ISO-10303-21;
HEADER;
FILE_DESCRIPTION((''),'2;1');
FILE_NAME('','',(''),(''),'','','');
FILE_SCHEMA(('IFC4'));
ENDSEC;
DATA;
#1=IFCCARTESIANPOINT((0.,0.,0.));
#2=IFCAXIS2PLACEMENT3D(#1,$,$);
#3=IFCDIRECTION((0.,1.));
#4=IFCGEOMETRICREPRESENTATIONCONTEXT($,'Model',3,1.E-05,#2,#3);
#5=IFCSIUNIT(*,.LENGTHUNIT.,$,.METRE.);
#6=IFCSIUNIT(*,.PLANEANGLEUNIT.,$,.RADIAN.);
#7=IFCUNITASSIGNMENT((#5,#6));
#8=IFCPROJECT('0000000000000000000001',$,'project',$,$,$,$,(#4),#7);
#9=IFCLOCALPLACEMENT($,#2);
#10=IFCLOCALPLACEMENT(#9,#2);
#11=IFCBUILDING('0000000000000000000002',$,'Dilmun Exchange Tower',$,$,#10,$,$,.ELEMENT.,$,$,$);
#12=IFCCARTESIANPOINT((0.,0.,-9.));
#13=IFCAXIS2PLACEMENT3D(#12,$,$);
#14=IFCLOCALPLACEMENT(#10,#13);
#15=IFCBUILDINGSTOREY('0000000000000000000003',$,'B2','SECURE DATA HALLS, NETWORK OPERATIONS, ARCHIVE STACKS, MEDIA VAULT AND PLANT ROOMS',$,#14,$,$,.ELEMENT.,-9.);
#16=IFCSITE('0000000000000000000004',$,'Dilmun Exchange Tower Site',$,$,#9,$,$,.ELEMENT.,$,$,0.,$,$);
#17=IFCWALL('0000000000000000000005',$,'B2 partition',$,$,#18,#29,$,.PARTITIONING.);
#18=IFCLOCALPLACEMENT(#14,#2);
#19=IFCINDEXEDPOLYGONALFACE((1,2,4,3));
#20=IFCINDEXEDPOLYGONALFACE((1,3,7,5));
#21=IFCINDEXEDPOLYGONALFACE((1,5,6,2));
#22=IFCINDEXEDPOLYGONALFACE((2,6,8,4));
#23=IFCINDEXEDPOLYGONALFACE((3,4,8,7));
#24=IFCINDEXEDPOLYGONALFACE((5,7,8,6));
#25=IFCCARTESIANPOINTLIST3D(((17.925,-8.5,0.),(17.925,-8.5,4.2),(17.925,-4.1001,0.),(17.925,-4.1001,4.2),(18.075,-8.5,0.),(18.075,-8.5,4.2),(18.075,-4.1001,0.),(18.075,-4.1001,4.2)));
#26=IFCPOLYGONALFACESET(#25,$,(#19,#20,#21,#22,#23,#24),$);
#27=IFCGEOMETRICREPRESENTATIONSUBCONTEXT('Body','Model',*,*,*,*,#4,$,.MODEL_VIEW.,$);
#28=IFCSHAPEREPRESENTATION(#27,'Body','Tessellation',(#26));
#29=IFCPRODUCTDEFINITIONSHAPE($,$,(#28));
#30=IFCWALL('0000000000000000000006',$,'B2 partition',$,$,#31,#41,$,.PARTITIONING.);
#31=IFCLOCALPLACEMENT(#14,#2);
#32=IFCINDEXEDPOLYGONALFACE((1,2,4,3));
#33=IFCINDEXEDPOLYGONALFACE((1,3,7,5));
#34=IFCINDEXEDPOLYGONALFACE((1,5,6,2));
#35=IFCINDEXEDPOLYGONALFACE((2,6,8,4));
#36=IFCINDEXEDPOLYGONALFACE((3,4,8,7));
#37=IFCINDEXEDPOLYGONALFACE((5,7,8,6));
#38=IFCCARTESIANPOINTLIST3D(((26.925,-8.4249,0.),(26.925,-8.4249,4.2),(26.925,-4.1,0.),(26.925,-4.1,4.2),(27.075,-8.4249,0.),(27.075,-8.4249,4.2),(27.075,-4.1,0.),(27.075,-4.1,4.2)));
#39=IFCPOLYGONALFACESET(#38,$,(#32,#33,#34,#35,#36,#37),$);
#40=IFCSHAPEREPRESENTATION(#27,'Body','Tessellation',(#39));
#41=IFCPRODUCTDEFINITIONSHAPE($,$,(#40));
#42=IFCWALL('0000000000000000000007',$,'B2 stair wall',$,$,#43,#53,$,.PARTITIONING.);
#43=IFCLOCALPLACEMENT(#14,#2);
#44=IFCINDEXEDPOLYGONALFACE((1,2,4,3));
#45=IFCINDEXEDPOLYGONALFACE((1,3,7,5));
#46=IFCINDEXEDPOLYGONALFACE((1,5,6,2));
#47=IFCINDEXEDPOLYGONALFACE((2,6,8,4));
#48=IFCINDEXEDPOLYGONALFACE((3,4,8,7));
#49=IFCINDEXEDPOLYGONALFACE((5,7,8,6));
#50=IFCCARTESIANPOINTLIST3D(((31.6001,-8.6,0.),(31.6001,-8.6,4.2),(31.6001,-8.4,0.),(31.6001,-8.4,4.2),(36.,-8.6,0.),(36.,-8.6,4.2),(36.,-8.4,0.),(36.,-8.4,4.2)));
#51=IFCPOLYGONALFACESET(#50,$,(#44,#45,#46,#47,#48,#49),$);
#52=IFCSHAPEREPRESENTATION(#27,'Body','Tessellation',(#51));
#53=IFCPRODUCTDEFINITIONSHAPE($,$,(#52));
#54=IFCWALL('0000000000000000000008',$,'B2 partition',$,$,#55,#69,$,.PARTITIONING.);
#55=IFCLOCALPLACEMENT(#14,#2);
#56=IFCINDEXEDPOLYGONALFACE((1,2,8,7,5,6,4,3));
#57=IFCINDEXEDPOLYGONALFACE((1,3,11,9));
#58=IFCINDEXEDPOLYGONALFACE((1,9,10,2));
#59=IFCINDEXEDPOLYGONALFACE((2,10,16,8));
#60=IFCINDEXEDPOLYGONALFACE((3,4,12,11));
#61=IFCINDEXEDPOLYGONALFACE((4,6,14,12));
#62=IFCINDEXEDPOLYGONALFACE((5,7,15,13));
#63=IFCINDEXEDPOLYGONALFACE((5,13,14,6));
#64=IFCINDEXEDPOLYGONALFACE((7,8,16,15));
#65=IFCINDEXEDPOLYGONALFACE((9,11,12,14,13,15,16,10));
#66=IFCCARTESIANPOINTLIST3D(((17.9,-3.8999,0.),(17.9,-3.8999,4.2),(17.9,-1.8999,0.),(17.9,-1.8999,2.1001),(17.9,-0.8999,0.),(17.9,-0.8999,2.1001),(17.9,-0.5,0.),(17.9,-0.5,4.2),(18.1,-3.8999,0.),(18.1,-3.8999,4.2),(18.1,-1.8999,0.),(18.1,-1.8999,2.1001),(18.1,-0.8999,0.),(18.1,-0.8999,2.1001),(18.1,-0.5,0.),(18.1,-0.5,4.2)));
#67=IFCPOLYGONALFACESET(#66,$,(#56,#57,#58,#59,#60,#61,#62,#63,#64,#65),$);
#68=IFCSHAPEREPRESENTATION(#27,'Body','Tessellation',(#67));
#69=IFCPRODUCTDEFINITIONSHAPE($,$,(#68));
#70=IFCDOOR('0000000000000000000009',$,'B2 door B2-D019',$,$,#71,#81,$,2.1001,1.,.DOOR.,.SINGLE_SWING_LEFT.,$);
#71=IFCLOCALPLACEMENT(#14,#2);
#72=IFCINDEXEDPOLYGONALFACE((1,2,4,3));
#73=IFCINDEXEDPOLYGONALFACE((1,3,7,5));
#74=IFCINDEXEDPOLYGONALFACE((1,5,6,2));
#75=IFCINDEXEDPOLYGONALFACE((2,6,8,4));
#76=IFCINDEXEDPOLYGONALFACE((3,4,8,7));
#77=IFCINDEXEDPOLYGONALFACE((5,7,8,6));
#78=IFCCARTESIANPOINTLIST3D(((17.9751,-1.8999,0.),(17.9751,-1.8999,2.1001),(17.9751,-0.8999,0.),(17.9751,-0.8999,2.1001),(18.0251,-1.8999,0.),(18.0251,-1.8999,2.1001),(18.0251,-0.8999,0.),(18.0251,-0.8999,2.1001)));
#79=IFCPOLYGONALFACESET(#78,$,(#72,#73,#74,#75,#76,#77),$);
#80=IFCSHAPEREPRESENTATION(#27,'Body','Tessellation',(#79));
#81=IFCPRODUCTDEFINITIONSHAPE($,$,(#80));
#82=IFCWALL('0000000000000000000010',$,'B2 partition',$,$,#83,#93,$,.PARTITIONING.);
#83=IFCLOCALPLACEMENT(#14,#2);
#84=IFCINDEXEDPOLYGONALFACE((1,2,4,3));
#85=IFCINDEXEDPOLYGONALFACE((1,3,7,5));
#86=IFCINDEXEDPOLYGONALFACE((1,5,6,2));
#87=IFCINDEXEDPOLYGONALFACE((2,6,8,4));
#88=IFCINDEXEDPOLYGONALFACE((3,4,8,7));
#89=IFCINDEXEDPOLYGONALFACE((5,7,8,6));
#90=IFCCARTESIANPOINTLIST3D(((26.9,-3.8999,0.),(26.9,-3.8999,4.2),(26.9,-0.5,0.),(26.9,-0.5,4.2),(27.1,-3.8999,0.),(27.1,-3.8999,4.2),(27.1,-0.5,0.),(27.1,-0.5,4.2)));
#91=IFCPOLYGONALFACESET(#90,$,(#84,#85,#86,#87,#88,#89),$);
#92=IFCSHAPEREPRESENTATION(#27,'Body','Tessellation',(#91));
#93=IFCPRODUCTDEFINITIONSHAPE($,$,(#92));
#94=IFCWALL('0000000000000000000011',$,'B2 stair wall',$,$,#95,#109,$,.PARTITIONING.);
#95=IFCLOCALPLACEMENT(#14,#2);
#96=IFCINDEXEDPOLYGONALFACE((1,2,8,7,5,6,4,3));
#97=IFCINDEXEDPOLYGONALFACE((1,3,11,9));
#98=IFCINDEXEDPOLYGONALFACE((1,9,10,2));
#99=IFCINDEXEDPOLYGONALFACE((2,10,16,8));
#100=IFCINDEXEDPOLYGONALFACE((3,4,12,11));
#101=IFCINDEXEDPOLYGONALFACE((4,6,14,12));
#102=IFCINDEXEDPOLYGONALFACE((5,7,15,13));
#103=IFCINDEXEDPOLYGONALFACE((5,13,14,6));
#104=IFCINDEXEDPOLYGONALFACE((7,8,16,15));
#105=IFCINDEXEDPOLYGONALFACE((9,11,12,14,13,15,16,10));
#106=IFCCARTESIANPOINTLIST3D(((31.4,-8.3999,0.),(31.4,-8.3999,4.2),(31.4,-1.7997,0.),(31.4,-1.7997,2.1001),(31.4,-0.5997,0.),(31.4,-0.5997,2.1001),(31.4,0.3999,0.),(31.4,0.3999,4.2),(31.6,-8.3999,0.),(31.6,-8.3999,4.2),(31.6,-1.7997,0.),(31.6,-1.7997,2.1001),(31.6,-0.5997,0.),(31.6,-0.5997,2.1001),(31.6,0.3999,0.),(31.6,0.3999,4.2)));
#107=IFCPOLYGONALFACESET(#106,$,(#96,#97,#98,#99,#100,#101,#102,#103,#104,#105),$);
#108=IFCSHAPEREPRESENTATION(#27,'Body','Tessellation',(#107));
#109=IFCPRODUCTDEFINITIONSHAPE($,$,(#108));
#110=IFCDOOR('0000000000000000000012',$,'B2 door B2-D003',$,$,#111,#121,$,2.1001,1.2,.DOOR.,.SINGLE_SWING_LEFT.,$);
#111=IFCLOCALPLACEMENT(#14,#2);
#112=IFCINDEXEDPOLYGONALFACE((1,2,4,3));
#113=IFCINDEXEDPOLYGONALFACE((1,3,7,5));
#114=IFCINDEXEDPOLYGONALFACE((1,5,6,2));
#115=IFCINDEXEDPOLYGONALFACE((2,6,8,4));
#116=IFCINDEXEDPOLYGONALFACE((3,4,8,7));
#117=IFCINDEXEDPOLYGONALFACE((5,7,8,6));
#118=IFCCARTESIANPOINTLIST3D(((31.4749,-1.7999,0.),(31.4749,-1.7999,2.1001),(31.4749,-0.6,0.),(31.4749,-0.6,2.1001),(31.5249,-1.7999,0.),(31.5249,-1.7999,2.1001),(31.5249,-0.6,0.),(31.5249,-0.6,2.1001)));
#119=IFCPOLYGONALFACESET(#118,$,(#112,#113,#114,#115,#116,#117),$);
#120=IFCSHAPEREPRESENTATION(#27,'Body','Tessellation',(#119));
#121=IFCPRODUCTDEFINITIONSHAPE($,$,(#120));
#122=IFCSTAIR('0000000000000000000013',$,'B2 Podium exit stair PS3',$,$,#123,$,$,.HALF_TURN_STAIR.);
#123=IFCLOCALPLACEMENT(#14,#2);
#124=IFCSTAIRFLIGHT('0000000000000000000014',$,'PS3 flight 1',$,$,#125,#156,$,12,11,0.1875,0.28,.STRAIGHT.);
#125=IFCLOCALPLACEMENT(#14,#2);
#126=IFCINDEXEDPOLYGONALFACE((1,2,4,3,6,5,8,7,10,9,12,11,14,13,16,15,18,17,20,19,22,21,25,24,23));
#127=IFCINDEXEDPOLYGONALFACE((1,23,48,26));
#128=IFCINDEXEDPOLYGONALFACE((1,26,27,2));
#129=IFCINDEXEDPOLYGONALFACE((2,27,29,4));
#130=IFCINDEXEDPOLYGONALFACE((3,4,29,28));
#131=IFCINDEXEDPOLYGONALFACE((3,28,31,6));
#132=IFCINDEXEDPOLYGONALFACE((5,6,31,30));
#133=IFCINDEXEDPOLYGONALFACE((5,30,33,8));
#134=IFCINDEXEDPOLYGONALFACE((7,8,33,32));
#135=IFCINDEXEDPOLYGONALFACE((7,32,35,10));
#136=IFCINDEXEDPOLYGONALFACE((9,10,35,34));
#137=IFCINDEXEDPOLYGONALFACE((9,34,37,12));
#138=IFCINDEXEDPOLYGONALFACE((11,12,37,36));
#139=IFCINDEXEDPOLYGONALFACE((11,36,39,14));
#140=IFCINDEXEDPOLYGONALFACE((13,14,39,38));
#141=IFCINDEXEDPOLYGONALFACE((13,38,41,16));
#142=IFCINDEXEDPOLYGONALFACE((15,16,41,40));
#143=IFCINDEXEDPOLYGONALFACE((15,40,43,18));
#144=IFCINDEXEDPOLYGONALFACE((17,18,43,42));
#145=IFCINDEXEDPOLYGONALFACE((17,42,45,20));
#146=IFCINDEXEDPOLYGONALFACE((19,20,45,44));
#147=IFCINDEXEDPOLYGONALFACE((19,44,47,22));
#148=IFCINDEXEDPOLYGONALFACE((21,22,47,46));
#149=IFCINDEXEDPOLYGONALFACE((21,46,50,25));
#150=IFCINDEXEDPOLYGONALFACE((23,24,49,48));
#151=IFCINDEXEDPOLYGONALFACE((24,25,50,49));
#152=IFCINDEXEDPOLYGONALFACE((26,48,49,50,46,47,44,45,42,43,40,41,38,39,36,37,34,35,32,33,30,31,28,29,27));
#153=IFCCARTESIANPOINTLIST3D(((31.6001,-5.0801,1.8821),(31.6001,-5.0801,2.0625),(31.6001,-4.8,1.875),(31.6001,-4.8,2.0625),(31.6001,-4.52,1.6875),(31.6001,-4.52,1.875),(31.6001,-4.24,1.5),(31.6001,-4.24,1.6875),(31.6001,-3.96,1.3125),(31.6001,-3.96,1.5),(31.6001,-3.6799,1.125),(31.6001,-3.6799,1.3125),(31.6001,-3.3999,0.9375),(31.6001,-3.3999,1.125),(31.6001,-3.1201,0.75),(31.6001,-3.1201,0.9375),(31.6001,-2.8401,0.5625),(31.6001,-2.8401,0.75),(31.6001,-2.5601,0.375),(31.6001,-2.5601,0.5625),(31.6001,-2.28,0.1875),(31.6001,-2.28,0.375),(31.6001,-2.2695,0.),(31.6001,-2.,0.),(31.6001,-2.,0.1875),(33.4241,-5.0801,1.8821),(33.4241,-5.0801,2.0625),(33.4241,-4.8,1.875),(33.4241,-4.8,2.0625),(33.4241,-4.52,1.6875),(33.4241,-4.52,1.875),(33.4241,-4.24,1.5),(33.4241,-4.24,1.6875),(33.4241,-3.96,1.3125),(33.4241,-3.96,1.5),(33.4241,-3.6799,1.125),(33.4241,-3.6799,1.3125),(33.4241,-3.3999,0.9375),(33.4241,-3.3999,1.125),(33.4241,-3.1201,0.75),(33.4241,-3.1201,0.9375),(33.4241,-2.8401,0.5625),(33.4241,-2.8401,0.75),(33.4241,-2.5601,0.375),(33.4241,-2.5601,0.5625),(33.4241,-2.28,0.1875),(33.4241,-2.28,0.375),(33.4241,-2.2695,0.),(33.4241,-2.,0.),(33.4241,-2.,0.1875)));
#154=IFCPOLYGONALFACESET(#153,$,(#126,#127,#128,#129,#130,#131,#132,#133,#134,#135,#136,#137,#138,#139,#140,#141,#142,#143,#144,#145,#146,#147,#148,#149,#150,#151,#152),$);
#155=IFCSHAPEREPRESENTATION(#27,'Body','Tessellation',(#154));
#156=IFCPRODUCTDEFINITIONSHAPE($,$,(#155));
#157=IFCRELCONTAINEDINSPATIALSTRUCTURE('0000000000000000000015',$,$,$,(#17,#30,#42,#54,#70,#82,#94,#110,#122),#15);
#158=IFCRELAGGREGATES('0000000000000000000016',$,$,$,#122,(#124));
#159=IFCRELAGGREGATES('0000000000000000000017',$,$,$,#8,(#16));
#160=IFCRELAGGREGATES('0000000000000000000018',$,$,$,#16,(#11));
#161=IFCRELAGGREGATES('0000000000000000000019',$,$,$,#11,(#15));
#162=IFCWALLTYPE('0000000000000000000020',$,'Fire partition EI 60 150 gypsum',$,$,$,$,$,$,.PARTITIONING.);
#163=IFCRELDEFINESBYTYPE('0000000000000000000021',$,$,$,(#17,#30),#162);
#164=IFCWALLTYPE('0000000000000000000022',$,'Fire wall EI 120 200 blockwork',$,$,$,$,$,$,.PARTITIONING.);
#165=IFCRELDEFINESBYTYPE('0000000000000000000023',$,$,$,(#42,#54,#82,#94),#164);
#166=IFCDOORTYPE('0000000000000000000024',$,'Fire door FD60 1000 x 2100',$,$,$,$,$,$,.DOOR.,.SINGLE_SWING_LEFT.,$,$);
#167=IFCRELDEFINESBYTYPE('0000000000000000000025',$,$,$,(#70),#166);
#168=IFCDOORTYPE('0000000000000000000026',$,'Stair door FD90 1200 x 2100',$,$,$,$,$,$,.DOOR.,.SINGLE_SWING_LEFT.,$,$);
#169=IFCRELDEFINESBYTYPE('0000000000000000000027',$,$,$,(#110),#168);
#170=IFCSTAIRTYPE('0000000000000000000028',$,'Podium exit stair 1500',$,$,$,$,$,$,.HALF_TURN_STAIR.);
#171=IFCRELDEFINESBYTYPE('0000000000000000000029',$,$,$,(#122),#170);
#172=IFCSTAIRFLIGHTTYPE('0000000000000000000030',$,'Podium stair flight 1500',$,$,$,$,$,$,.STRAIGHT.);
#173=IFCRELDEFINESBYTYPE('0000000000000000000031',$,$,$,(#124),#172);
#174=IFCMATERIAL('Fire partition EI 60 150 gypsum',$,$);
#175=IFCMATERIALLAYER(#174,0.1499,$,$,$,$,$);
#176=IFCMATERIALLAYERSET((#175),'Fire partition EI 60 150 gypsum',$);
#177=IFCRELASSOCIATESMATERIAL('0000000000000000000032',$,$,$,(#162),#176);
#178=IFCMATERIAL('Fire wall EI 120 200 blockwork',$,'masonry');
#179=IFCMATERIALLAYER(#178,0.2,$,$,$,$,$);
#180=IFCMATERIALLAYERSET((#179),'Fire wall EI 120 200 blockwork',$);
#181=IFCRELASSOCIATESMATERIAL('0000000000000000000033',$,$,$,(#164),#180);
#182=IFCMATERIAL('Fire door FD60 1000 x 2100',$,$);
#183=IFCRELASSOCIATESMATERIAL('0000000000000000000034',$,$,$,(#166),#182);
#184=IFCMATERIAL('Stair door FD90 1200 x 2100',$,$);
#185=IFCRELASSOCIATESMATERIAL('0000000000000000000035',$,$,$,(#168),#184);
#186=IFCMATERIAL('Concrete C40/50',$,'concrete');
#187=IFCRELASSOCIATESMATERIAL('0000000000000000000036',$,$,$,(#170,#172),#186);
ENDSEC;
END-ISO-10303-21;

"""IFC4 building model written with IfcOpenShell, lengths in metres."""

from ifc_helpers import new_model, si_unit, direction, frame, frame_2d, origin, place, context, subcontext, project, spatial, polyline, rectangle, outline, extrude, material, layer, layer_set, type_object, element, fill, aggregate, save


model = new_model("IFC4")

# Units and contexts
model_context = context("Model", 3, precision=1e-05, world=origin(), true_north=direction((0.0, 1.0)))
body_context = subcontext(model_context, "Body", "Model", "MODEL_VIEW")
ifc_project = project(units=[si_unit("LENGTHUNIT", "METRE"), si_unit("PLANEANGLEUNIT", "RADIAN")], contexts=[model_context])

# Site, building, storey
site_placement = place(None, origin())
site = spatial("IfcSite", under=ifc_project, at=site_placement, Name="Dilmun Exchange Tower Site", CompositionType="ELEMENT", RefElevation=0.0)
building_placement = place(site_placement, origin())
building = spatial("IfcBuilding", under=site, at=building_placement, Name="Dilmun Exchange Tower", CompositionType="ELEMENT")
storey_placement = place(building_placement, frame((0.0, 0.0, -9.0)))
storey = spatial("IfcBuildingStorey", under=building, at=storey_placement, Name="B2", Description="SECURE DATA HALLS, NETWORK OPERATIONS, ARCHIVE STACKS, MEDIA VAULT AND PLANT ROOMS", CompositionType="ELEMENT", Elevation=-9.0)

# Walls
ifc_material_1 = material(Name="Fire partition EI 60 150 gypsum")
ifc_layer_1 = layer(ifc_material_1, 0.1499)
ifc_layer_set_1 = layer_set([ifc_layer_1], Name="Fire partition EI 60 150 gypsum")
wall_type_1 = type_object("IfcWallType", Name="Fire partition EI 60 150 gypsum", PredefinedType="PARTITIONING", material=ifc_layer_set_1)
wall_1_placement = place(storey_placement, frame((18.0, -8.5, 0.0), z_axis=(0.0, 0.0, 1.0), x_axis=(0.0, 1.0, 0.0)))
element("IfcWall", 1, at=wall_1_placement, inside=storey, type_object=wall_type_1, Name="B2 partition", PredefinedType="PARTITIONING", context=body_context, shape_type="SweptSolid", body=[
    extrude(rectangle(XDim=4.3999, YDim=0.1499, at=frame_2d((2.2, 0.0))), origin(), (0.0, 0.0, 1.0), 4.2),
])
wall_2_placement = place(storey_placement, frame((27.0, -8.425, 0.0), z_axis=(0.0, 0.0, 1.0), x_axis=(0.0, 1.0, 0.0)))
element("IfcWall", 2, at=wall_2_placement, inside=storey, type_object=wall_type_1, Name="B2 partition", PredefinedType="PARTITIONING", context=body_context, shape_type="SweptSolid", body=[
    extrude(rectangle(XDim=4.325, YDim=0.1499, at=frame_2d((2.1626, 0.0))), origin(), (0.0, 0.0, 1.0), 4.2),
])
ifc_material_2 = material(Name="Fire wall EI 120 200 blockwork", Category="masonry")
ifc_layer_2 = layer(ifc_material_2, 0.2)
ifc_layer_set_2 = layer_set([ifc_layer_2], Name="Fire wall EI 120 200 blockwork")
wall_type_2 = type_object("IfcWallType", Name="Fire wall EI 120 200 blockwork", PredefinedType="PARTITIONING", material=ifc_layer_set_2)
wall_3_placement = place(storey_placement, frame((31.6001, -8.5, 0.0), z_axis=(0.0, 0.0, 1.0), x_axis=(1.0, 0.0, 0.0)))
element("IfcWall", 3, at=wall_3_placement, inside=storey, type_object=wall_type_2, Name="B2 stair wall", PredefinedType="PARTITIONING", context=body_context, shape_type="SweptSolid", body=[
    extrude(rectangle(XDim=4.3999, YDim=0.2, at=frame_2d((2.2, 0.0))), origin(), (0.0, 0.0, 1.0), 4.2),
])

# Wall, opening, door
wall_4_placement = place(storey_placement, frame((18.0, -3.8999, 0.0), z_axis=(0.0, 0.0, 1.0), x_axis=(0.0, 1.0, 0.0)))
wall_4 = element("IfcWall", 4, at=wall_4_placement, inside=storey, type_object=wall_type_2, Name="B2 partition", PredefinedType="PARTITIONING", context=body_context, shape_type="SweptSolid", body=[
    extrude(rectangle(XDim=3.3999, YDim=0.2, at=frame_2d((1.7, 0.0))), origin(), (0.0, 0.0, 1.0), 4.2),
])
opening_1_placement = place(wall_4_placement, frame((2.0, 0.0, 0.0)))
opening_1 = element("IfcOpeningElement", 5, at=opening_1_placement, cuts=wall_4, PredefinedType="OPENING", context=body_context, shape_type="SweptSolid", body=[
    extrude(rectangle(XDim=1.0, YDim=2.1001, at=frame_2d((0.5, 1.05))), frame((0.0, 0.1099, 0.0), z_axis=(0.0, -1.0, 0.0), x_axis=(1.0, 0.0, 0.0)), (0.0, 0.0, 1.0), 0.22),
])
ifc_material_3 = material(Name="Fire door FD60 1000 x 2100")
door_type_1 = type_object("IfcDoorType", Name="Fire door FD60 1000 x 2100", OperationType="SINGLE_SWING_LEFT", PredefinedType="DOOR", material=ifc_material_3)
door_1_placement = place(opening_1_placement, origin())
door_1 = element("IfcDoor", 6, at=door_1_placement, inside=storey, type_object=door_type_1, Name="B2 door B2-D019", OperationType="SINGLE_SWING_LEFT", OverallHeight=2.1001, OverallWidth=1.0, PredefinedType="DOOR", context=body_context, shape_type="SweptSolid", body=[
    extrude(rectangle(XDim=1.0, YDim=2.1001, at=frame_2d((0.5, 1.05))), frame((0.0, 0.0249, 0.0), z_axis=(0.0, -1.0, 0.0), x_axis=(1.0, 0.0, 0.0)), (0.0, 0.0, 1.0), 0.05),
])
fill(opening_1, door_1)

# Wall
wall_5_placement = place(storey_placement, frame((27.0, -3.8999, 0.0), z_axis=(0.0, 0.0, 1.0), x_axis=(0.0, 1.0, 0.0)))
element("IfcWall", 7, at=wall_5_placement, inside=storey, type_object=wall_type_2, Name="B2 partition", PredefinedType="PARTITIONING", context=body_context, shape_type="SweptSolid", body=[
    extrude(rectangle(XDim=3.3999, YDim=0.2, at=frame_2d((1.7, 0.0))), origin(), (0.0, 0.0, 1.0), 4.2),
])

# Wall, opening, door
wall_6_placement = place(storey_placement, frame((31.5, -8.3999, 0.0), z_axis=(0.0, 0.0, 1.0), x_axis=(0.0, 1.0, 0.0)))
wall_6 = element("IfcWall", 8, at=wall_6_placement, inside=storey, type_object=wall_type_2, Name="B2 stair wall", PredefinedType="PARTITIONING", context=body_context, shape_type="SweptSolid", body=[
    extrude(rectangle(XDim=8.7998, YDim=0.2, at=frame_2d((4.3999, 0.0))), origin(), (0.0, 0.0, 1.0), 4.2),
])
opening_2_placement = place(wall_6_placement, frame((6.6001, 0.0, 0.0)))
opening_2 = element("IfcOpeningElement", 9, at=opening_2_placement, cuts=wall_6, PredefinedType="OPENING", context=body_context, shape_type="SweptSolid", body=[
    extrude(rectangle(XDim=1.2, YDim=2.1001, at=frame_2d((0.6001, 1.05))), frame((0.0, 0.1099, 0.0), z_axis=(0.0, -1.0, 0.0), x_axis=(1.0, 0.0, 0.0)), (0.0, 0.0, 1.0), 0.22),
])
ifc_material_4 = material(Name="Stair door FD90 1200 x 2100")
door_type_2 = type_object("IfcDoorType", Name="Stair door FD90 1200 x 2100", OperationType="SINGLE_SWING_LEFT", PredefinedType="DOOR", material=ifc_material_4)
door_2_placement = place(opening_2_placement, frame((1.2, 0.0, 0.0), z_axis=(0.0, 0.0, 1.0), x_axis=(-1.0, 0.0, 0.0)))
door_2 = element("IfcDoor", 10, at=door_2_placement, inside=storey, type_object=door_type_2, Name="B2 door B2-D003", OperationType="SINGLE_SWING_LEFT", OverallHeight=2.1001, OverallWidth=1.2, PredefinedType="DOOR", context=body_context, shape_type="SweptSolid", body=[
    extrude(rectangle(XDim=1.2, YDim=2.1001, at=frame_2d((0.6001, 1.05))), frame((0.0, 0.0249, 0.0), z_axis=(0.0, -1.0, 0.0), x_axis=(1.0, 0.0, 0.0)), (0.0, 0.0, 1.0), 0.05),
])
fill(opening_2, door_2)

# Stair, stair flight
ifc_material_5 = material(Name="Concrete C40/50", Category="concrete")
stair_type = type_object("IfcStairType", Name="Podium exit stair 1500", PredefinedType="HALF_TURN_STAIR", material=ifc_material_5)
stair_placement = place(storey_placement, origin())
stair = element("IfcStair", 11, at=stair_placement, inside=storey, type_object=stair_type, Name="B2 Podium exit stair PS3", PredefinedType="HALF_TURN_STAIR")
stair_flight_type = type_object("IfcStairFlightType", Name="Podium stair flight 1500", PredefinedType="STRAIGHT", material=ifc_material_5)
stair_flight_1_placement = place(storey_placement, frame((32.512, -2.0, 0.0), z_axis=(0.0, 0.0, 1.0), x_axis=(0.0, -1.0, 0.0)))
stair_flight_1 = element("IfcStairFlight", 12, at=stair_flight_1_placement, type_object=stair_flight_type, Name="PS3 flight 1", NumberOfRisers=12, NumberOfTreads=11, PredefinedType="STRAIGHT", RiserHeight=0.1875, TreadLength=0.28, context=body_context, shape_type="SweptSolid", body=[
    extrude(outline(polyline([(0.0, 0.0), (0.0, 0.1875), (0.28, 0.1875), (0.28, 0.375), (0.5601, 0.375), (0.5601, 0.5625), (0.8401, 0.5625), (0.8401, 0.75), (1.1201, 0.75), (1.1201, 0.9375), (1.3999, 0.9375), (1.3999, 1.125), (1.6799, 1.125), (1.6799, 1.3125), (1.96, 1.3125), (1.96, 1.5), (2.24, 1.5), (2.24, 1.6875), (2.52, 1.6875), (2.52, 1.875), (2.8, 1.875), (2.8, 2.0625), (3.0801, 2.0625), (3.0801, 2.25), (3.0801, 1.8821), (0.2695, 0.0), (0.0, 0.0)])), frame((0.0, 0.9121, 0.0), z_axis=(0.0, -1.0, 0.0), x_axis=(1.0, 0.0, 0.0)), (0.0, 0.0, 1.0), 1.824),
])
aggregate(stair, [stair_flight_1])

save(model, "model.ifc")
